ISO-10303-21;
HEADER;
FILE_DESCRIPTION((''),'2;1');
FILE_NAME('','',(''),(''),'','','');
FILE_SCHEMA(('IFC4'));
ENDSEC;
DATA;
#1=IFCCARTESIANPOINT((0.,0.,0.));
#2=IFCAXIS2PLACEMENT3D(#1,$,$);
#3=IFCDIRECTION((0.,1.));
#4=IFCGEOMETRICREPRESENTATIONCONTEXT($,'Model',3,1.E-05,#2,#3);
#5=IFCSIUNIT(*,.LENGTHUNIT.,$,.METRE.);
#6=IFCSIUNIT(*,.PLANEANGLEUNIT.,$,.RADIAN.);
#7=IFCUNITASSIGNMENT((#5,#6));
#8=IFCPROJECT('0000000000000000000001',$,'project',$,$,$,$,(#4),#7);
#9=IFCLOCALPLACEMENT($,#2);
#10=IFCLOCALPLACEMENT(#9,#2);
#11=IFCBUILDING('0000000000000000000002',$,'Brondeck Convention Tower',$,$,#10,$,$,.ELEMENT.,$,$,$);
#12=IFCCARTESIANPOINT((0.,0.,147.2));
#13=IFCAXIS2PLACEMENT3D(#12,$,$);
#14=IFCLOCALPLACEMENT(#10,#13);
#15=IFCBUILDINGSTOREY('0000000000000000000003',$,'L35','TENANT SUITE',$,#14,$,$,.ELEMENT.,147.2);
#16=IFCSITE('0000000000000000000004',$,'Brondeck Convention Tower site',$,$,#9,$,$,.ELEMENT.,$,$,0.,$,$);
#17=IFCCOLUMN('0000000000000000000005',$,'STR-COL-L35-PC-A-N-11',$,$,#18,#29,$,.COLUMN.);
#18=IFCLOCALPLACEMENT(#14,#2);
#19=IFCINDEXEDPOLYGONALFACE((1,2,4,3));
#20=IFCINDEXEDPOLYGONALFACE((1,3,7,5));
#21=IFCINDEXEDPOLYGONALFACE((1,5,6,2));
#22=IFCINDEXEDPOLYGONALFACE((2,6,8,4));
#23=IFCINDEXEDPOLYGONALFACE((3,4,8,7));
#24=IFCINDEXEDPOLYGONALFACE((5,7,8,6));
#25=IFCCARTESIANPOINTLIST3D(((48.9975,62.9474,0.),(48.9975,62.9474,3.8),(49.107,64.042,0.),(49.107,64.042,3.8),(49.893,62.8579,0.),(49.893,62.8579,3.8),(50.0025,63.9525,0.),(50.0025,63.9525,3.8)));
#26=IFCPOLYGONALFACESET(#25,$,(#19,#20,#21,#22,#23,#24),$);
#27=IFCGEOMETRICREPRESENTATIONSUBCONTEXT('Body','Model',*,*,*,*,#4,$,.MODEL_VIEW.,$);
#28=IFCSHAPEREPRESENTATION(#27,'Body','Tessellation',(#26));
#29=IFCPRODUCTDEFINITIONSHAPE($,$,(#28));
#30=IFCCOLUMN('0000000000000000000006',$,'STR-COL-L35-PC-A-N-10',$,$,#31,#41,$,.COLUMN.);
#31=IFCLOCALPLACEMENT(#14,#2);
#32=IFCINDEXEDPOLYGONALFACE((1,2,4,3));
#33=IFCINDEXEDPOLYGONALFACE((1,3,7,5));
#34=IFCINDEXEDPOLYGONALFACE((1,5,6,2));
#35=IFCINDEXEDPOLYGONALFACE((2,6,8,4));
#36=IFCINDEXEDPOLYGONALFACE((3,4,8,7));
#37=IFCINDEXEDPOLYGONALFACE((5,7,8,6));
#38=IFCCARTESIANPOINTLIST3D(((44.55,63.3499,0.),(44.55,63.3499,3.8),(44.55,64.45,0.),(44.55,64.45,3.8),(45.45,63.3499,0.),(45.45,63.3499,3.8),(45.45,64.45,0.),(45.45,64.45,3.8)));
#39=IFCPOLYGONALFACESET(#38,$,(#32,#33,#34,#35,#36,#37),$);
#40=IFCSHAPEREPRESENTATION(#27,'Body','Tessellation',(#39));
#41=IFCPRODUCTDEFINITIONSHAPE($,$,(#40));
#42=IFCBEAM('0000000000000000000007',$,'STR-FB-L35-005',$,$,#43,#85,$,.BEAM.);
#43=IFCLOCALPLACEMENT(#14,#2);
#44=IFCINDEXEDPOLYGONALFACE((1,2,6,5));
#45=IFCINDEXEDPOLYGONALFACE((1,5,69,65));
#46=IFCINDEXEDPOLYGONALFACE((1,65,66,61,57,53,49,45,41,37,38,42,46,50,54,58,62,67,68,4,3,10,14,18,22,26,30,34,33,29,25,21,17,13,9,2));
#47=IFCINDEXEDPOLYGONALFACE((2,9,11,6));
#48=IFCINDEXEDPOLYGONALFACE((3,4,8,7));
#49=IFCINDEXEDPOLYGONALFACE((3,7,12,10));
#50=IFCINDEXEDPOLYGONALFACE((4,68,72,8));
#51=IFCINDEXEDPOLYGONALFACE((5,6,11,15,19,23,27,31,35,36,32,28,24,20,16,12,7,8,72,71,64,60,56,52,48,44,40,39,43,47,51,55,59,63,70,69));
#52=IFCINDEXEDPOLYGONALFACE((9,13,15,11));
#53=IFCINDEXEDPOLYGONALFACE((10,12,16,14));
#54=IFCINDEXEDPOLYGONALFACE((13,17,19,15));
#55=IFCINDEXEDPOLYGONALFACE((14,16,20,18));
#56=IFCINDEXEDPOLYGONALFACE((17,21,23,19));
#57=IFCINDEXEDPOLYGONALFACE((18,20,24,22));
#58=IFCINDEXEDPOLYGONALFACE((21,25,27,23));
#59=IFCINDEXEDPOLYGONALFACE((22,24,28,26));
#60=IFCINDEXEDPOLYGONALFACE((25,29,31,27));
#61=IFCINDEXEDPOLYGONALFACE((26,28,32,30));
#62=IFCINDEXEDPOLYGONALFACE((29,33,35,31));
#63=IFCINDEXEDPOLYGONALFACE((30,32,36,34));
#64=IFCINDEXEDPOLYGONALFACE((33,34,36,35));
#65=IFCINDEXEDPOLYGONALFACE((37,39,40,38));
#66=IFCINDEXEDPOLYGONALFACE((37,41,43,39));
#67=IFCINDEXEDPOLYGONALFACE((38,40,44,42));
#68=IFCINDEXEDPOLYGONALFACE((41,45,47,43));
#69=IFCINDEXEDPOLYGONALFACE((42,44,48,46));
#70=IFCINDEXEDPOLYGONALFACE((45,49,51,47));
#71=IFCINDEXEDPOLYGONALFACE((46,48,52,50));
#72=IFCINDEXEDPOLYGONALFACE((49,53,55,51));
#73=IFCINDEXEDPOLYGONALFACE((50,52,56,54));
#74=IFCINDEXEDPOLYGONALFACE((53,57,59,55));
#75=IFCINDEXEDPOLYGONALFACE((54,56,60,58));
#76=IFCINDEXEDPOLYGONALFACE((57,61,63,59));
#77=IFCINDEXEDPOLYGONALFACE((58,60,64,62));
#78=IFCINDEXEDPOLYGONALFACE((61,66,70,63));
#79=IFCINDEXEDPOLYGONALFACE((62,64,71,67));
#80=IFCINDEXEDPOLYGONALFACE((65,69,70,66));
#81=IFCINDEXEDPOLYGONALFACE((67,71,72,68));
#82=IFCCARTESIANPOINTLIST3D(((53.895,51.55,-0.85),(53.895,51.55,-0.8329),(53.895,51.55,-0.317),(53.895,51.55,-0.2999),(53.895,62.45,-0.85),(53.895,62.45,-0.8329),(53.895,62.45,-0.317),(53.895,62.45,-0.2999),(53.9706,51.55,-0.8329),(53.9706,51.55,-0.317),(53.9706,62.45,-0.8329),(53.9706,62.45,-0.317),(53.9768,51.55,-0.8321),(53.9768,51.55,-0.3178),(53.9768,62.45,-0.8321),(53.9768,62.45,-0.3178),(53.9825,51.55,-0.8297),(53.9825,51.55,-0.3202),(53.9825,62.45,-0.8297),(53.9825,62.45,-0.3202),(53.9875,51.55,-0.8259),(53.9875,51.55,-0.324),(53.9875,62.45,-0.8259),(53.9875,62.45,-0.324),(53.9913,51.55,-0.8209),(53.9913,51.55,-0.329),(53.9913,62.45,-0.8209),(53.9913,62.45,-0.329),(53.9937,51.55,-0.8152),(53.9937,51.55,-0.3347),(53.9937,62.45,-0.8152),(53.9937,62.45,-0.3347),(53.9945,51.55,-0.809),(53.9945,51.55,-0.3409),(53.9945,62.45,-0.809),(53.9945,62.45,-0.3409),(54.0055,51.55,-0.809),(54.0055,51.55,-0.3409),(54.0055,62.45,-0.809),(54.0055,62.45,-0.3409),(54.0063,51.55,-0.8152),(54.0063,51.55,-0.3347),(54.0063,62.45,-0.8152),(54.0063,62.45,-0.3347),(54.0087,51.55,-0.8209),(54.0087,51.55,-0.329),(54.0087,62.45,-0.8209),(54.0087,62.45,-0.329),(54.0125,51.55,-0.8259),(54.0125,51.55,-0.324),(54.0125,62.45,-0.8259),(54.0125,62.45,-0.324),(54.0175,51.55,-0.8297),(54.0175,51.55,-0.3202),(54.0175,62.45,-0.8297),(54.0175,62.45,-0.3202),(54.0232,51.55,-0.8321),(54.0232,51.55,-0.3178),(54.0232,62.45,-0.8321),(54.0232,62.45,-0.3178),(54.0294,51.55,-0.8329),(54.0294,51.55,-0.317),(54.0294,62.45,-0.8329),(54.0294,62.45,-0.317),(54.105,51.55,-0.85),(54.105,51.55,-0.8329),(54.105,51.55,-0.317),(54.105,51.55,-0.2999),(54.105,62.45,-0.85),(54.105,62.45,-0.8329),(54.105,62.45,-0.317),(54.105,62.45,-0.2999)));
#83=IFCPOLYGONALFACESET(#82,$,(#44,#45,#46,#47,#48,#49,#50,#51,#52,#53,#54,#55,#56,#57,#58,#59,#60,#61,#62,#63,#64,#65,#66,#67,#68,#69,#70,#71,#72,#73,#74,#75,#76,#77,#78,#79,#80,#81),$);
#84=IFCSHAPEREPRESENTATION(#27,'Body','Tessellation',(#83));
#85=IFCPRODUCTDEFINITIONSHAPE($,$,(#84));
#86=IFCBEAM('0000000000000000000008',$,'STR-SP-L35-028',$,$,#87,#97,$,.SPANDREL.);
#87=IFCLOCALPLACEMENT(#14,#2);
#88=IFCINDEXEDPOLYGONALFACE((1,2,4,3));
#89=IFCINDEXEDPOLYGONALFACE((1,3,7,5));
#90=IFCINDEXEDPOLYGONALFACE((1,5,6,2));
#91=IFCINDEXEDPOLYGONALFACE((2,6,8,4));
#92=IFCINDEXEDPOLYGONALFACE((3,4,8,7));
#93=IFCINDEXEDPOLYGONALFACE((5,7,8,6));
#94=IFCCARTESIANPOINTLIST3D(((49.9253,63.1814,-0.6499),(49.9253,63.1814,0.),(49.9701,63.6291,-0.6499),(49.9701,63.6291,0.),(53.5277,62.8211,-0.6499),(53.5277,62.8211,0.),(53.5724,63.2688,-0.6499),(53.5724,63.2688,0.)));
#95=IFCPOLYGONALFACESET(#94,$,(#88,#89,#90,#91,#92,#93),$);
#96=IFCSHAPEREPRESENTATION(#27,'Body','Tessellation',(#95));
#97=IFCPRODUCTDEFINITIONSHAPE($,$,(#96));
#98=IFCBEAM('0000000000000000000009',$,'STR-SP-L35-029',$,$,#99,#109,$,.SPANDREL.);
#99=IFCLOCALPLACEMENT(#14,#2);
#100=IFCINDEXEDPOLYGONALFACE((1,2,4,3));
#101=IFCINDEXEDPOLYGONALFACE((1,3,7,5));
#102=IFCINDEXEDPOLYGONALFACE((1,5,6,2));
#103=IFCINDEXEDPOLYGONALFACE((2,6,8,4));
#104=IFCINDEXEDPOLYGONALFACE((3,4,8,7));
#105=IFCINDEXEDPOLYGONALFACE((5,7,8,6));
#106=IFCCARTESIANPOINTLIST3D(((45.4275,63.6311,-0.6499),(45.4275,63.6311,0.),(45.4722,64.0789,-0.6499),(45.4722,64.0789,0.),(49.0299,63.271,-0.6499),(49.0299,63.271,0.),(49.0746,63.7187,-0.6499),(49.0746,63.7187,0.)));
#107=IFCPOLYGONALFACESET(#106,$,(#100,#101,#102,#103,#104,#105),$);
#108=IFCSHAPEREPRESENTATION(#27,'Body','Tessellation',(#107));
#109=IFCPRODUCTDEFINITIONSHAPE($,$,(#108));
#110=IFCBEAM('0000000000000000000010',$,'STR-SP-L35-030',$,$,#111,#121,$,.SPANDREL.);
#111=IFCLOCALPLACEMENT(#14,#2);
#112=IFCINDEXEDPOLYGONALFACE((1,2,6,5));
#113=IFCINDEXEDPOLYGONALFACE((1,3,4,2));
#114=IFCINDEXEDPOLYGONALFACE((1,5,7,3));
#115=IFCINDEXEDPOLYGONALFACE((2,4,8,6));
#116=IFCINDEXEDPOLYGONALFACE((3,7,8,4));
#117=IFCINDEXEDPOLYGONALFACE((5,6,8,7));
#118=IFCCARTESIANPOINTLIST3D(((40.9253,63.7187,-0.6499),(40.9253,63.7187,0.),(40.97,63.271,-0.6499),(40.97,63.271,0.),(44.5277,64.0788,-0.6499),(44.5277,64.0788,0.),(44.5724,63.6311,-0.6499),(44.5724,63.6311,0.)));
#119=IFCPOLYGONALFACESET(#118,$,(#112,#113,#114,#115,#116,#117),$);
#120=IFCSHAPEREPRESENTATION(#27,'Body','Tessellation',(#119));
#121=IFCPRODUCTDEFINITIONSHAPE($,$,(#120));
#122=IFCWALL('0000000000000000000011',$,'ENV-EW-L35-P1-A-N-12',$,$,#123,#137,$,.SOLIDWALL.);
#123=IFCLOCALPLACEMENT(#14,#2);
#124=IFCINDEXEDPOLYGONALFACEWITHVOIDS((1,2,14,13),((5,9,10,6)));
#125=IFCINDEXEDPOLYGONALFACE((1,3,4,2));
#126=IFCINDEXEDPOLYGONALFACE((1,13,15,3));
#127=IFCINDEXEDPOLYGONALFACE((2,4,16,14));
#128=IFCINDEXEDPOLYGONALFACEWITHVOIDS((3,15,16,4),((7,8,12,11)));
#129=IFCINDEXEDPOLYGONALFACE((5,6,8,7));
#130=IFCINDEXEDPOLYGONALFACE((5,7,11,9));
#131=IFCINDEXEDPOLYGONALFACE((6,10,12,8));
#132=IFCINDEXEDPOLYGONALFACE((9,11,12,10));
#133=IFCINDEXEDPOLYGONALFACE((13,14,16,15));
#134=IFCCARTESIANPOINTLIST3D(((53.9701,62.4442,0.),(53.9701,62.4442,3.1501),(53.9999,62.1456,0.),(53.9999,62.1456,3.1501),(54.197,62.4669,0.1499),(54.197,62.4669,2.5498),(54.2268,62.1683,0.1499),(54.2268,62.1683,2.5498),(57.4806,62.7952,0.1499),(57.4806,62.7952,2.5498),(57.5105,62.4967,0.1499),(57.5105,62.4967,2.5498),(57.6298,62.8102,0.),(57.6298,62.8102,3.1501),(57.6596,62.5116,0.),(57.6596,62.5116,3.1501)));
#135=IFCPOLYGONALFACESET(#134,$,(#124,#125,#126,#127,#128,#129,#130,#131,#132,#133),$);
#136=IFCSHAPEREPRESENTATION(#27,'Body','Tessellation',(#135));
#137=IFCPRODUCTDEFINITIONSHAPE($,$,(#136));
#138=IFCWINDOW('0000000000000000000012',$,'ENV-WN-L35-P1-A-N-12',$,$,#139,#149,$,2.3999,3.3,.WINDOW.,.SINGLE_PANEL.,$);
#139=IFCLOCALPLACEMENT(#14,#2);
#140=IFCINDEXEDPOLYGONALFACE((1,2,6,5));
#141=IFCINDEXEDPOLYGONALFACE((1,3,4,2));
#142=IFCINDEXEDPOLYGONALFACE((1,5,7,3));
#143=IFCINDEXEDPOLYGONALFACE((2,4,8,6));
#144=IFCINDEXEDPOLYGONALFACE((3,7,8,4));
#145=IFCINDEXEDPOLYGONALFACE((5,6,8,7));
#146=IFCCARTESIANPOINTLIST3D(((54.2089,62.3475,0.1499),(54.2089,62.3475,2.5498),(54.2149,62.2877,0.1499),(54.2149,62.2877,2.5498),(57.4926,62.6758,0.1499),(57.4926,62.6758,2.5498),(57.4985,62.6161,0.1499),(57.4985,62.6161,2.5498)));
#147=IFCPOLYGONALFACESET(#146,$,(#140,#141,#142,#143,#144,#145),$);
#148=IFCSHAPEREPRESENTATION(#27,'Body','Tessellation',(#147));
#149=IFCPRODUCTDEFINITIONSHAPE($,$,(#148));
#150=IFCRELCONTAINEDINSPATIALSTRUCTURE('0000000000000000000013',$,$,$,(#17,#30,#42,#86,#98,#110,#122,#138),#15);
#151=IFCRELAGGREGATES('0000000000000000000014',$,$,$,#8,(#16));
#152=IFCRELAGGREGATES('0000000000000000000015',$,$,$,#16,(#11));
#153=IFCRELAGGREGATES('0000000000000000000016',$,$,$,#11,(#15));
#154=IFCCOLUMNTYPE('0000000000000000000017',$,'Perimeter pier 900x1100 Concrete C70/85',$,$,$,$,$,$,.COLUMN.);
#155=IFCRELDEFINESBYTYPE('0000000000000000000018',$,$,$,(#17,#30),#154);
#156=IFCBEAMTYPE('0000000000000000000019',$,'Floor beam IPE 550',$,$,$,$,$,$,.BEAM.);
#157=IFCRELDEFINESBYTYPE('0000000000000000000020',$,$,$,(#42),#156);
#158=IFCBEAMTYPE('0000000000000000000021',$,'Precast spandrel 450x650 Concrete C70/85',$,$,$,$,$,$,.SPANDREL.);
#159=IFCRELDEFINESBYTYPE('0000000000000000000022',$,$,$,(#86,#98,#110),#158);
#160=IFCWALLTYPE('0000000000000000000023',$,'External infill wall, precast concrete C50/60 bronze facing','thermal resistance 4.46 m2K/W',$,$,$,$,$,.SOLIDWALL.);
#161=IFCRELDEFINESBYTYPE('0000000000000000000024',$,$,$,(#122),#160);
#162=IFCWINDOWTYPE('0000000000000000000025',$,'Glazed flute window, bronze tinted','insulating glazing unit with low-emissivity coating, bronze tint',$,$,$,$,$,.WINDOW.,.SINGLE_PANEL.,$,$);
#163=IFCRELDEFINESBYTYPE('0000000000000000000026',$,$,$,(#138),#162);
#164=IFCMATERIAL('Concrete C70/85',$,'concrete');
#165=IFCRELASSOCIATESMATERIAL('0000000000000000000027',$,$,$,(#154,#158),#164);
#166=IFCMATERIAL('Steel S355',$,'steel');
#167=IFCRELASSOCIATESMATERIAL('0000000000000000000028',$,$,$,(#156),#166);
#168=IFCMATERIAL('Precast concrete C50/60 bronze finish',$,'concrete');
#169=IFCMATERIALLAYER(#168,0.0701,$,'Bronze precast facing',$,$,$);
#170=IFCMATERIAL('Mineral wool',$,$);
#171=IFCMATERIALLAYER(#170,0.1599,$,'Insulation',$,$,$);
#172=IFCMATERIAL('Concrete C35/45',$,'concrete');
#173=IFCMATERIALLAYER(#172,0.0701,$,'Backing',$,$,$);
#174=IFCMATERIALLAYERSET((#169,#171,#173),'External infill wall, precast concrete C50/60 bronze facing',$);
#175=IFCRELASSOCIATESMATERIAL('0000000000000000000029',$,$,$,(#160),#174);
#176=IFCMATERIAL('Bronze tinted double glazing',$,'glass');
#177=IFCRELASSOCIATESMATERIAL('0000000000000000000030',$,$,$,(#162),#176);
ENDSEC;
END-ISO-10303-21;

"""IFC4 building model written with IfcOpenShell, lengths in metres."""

from ifc_helpers import new_model, si_unit, direction, frame, frame_2d, origin, origin_2d, place, context, subcontext, project, spatial, rectangle, i_section, extrude, material, layer, layer_set, material_profile, profile_set, type_object, element, fill, save


model = new_model("IFC4")

# Units and contexts
model_context = context("Model", 3, precision=1e-05, world=origin(), true_north=direction((0.0, 1.0)))
body_context = subcontext(model_context, "Body", "Model", "MODEL_VIEW")
ifc_project = project(units=[si_unit("LENGTHUNIT", "METRE"), si_unit("PLANEANGLEUNIT", "RADIAN")], contexts=[model_context])

# Site, building, storey
site_placement = place(None, origin())
site = spatial("IfcSite", under=ifc_project, at=site_placement, Name="Brondeck Convention Tower site", CompositionType="ELEMENT", RefElevation=0.0)
building_placement = place(site_placement, origin())
building = spatial("IfcBuilding", under=site, at=building_placement, Name="Brondeck Convention Tower", CompositionType="ELEMENT")
storey_placement = place(building_placement, frame((0.0, 0.0, 147.2)))
storey = spatial("IfcBuildingStorey", under=building, at=storey_placement, Name="L35", Description="TENANT SUITE", CompositionType="ELEMENT", Elevation=147.2)

# Columns
ifc_material_1 = material(Name="Concrete C70/85", Category="concrete")
ifc_material_profile_1 = material_profile(ifc_material_1, rectangle(XDim=0.8999, YDim=1.1001, at=origin_2d()), Name="Perimeter pier 900x1100 Concrete C70/85")
ifc_profile_set_1 = profile_set([ifc_material_profile_1], Name="Concrete C70/85")
column_type = type_object("IfcColumnType", Name="Perimeter pier 900x1100 Concrete C70/85", PredefinedType="COLUMN", material=ifc_profile_set_1)
for number, where, z_axis, x_axis, name in (
    (1, (49.5, 63.45, 0.0), (0.0, 0.0, 1.0), (-0.995037, 0.099504, 0.0), "STR-COL-L35-PC-A-N-11"),
    (2, (45.0, 63.8999, 0.0), (0.0, 0.0, 1.0), (-1.0, 0.0, 0.0), "STR-COL-L35-PC-A-N-10"),
):
    element("IfcColumn", number, at=place(storey_placement, frame(where, z_axis=z_axis, x_axis=x_axis)), inside=storey, type_object=column_type, Name=name, PredefinedType="COLUMN", context=body_context, shape_type="SweptSolid", body=[
        extrude(rectangle(XDim=0.8999, YDim=1.1001, at=origin_2d()), origin(), (0.0, 0.0, 1.0), 3.8),
    ])

# Beams
ifc_material_2 = material(Name="Steel S355", Category="steel")
ifc_material_profile_2 = material_profile(ifc_material_2, i_section(OverallWidth=0.21, OverallDepth=0.55, WebThickness=0.011, FlangeThickness=0.0171, FilletRadius=0.0239, at=origin_2d()), Name="IPE 550")
ifc_profile_set_2 = profile_set([ifc_material_profile_2], Name="Steel S355")
beam_type_1 = type_object("IfcBeamType", Name="Floor beam IPE 550", PredefinedType="BEAM", material=ifc_profile_set_2)
beam_placement = place(storey_placement, frame((54.0, 51.55, -0.575), z_axis=(0.0, 1.0, 0.0), x_axis=(-1.0, 0.0, 0.0)))
element("IfcBeam", 3, at=beam_placement, inside=storey, type_object=beam_type_1, Name="STR-FB-L35-005", PredefinedType="BEAM", context=body_context, shape_type="SweptSolid", body=[
    extrude(i_section(OverallWidth=0.21, OverallDepth=0.55, WebThickness=0.011, FlangeThickness=0.0171, FilletRadius=0.0239, at=origin_2d()), origin(), (0.0, 0.0, 1.0), 10.8999),
])
ifc_material_profile_3 = material_profile(ifc_material_1, rectangle(XDim=0.45, YDim=0.6499, at=origin_2d()), Name="Precast spandrel 450x650 Concrete C70/85")
ifc_profile_set_3 = profile_set([ifc_material_profile_3], Name="Concrete C70/85")
beam_type_2 = type_object("IfcBeamType", Name="Precast spandrel 450x650 Concrete C70/85", PredefinedType="SPANDREL", material=ifc_profile_set_3)
for number, where, z_axis, x_axis, name in (
    (4, (53.55, 63.0449, -0.325), (-0.995034, 0.099537, 0.0), (-0.099537, -0.995034, 0.0), "STR-SP-L35-028"),
    (5, (49.0522, 63.4949, -0.325), (-0.995041, 0.09947, 0.0), (-0.09947, -0.995041, 0.0), "STR-SP-L35-029"),
    (6, (44.55, 63.855, -0.325), (-0.995041, -0.09947, 0.0), (0.09947, -0.995041, 0.0), "STR-SP-L35-030"),
):
    element("IfcBeam", number, at=place(storey_placement, frame(where, z_axis=z_axis, x_axis=x_axis)), inside=storey, type_object=beam_type_2, Name=name, PredefinedType="SPANDREL", context=body_context, shape_type="SweptSolid", body=[
        extrude(rectangle(XDim=0.45, YDim=0.6499, at=origin_2d()), origin(), (0.0, 0.0, 1.0), 3.6204),
    ])

# Wall, opening, window
ifc_material_3 = material(Name="Precast concrete C50/60 bronze finish", Category="concrete")
ifc_layer_1 = layer(ifc_material_3, 0.0701, Name="Bronze precast facing")
ifc_material_4 = material(Name="Mineral wool")
ifc_layer_2 = layer(ifc_material_4, 0.1599, Name="Insulation")
ifc_material_5 = material(Name="Concrete C35/45", Category="concrete")
ifc_layer_3 = layer(ifc_material_5, 0.0701, Name="Backing")
ifc_layer_set_1 = layer_set([ifc_layer_1, ifc_layer_2, ifc_layer_3], Name="External infill wall, precast concrete C50/60 bronze facing")
wall_type_1 = type_object("IfcWallType", Name="External infill wall, precast concrete C50/60 bronze facing", Description="thermal resistance 4.46 m2K/W", PredefinedType="SOLIDWALL", material=ifc_layer_set_1)
wall_1_placement = place(storey_placement, frame((53.9851, 62.2949, 0.0), z_axis=(0.0, 0.0, 1.0), x_axis=(0.995037, 0.099504, 0.0)))
wall_1 = element("IfcWall", 7, at=wall_1_placement, inside=storey, type_object=wall_type_1, Name="ENV-EW-L35-P1-A-N-12", PredefinedType="SOLIDWALL", context=body_context, shape_type="SweptSolid", body=[
    extrude(rectangle(XDim=3.678, YDim=0.3, at=frame_2d((1.8389, 0.0))), origin(), (0.0, 0.0, 1.0), 3.1501),
])
opening_1_placement = place(wall_1_placement, frame((0.228, 0.0, 0.1499)))
opening_1 = element("IfcOpeningElement", 8, at=opening_1_placement, cuts=wall_1, PredefinedType="OPENING", context=body_context, shape_type="SweptSolid", body=[
    extrude(rectangle(XDim=3.3, YDim=2.3999, at=frame_2d((1.6499, 1.2))), frame((0.0, 0.1599, 0.0), z_axis=(0.0, -1.0, 0.0), x_axis=(1.0, 0.0, 0.0)), (0.0, 0.0, 1.0), 0.3201),
])
ifc_material_6 = material(Name="Bronze tinted double glazing", Category="glass")
window_type_1 = type_object("IfcWindowType", Name="Glazed flute window, bronze tinted", Description="insulating glazing unit with low-emissivity coating, bronze tint", PartitioningType="SINGLE_PANEL", PredefinedType="WINDOW", material=ifc_material_6)
window_1_placement = place(opening_1_placement, origin())
window_1 = element("IfcWindow", 9, at=window_1_placement, inside=storey, type_object=window_type_1, Name="ENV-WN-L35-P1-A-N-12", OverallHeight=2.3999, OverallWidth=3.3, PartitioningType="SINGLE_PANEL", PredefinedType="WINDOW", context=body_context, shape_type="SweptSolid", body=[
    extrude(rectangle(XDim=3.3, YDim=2.3999, at=frame_2d((1.6499, 1.2))), frame((0.0, 0.03, 0.0), z_axis=(0.0, -1.0, 0.0), x_axis=(1.0, 0.0, 0.0)), (0.0, 0.0, 1.0), 0.0601),
])
fill(opening_1, window_1)

save(model, "model.ifc")
